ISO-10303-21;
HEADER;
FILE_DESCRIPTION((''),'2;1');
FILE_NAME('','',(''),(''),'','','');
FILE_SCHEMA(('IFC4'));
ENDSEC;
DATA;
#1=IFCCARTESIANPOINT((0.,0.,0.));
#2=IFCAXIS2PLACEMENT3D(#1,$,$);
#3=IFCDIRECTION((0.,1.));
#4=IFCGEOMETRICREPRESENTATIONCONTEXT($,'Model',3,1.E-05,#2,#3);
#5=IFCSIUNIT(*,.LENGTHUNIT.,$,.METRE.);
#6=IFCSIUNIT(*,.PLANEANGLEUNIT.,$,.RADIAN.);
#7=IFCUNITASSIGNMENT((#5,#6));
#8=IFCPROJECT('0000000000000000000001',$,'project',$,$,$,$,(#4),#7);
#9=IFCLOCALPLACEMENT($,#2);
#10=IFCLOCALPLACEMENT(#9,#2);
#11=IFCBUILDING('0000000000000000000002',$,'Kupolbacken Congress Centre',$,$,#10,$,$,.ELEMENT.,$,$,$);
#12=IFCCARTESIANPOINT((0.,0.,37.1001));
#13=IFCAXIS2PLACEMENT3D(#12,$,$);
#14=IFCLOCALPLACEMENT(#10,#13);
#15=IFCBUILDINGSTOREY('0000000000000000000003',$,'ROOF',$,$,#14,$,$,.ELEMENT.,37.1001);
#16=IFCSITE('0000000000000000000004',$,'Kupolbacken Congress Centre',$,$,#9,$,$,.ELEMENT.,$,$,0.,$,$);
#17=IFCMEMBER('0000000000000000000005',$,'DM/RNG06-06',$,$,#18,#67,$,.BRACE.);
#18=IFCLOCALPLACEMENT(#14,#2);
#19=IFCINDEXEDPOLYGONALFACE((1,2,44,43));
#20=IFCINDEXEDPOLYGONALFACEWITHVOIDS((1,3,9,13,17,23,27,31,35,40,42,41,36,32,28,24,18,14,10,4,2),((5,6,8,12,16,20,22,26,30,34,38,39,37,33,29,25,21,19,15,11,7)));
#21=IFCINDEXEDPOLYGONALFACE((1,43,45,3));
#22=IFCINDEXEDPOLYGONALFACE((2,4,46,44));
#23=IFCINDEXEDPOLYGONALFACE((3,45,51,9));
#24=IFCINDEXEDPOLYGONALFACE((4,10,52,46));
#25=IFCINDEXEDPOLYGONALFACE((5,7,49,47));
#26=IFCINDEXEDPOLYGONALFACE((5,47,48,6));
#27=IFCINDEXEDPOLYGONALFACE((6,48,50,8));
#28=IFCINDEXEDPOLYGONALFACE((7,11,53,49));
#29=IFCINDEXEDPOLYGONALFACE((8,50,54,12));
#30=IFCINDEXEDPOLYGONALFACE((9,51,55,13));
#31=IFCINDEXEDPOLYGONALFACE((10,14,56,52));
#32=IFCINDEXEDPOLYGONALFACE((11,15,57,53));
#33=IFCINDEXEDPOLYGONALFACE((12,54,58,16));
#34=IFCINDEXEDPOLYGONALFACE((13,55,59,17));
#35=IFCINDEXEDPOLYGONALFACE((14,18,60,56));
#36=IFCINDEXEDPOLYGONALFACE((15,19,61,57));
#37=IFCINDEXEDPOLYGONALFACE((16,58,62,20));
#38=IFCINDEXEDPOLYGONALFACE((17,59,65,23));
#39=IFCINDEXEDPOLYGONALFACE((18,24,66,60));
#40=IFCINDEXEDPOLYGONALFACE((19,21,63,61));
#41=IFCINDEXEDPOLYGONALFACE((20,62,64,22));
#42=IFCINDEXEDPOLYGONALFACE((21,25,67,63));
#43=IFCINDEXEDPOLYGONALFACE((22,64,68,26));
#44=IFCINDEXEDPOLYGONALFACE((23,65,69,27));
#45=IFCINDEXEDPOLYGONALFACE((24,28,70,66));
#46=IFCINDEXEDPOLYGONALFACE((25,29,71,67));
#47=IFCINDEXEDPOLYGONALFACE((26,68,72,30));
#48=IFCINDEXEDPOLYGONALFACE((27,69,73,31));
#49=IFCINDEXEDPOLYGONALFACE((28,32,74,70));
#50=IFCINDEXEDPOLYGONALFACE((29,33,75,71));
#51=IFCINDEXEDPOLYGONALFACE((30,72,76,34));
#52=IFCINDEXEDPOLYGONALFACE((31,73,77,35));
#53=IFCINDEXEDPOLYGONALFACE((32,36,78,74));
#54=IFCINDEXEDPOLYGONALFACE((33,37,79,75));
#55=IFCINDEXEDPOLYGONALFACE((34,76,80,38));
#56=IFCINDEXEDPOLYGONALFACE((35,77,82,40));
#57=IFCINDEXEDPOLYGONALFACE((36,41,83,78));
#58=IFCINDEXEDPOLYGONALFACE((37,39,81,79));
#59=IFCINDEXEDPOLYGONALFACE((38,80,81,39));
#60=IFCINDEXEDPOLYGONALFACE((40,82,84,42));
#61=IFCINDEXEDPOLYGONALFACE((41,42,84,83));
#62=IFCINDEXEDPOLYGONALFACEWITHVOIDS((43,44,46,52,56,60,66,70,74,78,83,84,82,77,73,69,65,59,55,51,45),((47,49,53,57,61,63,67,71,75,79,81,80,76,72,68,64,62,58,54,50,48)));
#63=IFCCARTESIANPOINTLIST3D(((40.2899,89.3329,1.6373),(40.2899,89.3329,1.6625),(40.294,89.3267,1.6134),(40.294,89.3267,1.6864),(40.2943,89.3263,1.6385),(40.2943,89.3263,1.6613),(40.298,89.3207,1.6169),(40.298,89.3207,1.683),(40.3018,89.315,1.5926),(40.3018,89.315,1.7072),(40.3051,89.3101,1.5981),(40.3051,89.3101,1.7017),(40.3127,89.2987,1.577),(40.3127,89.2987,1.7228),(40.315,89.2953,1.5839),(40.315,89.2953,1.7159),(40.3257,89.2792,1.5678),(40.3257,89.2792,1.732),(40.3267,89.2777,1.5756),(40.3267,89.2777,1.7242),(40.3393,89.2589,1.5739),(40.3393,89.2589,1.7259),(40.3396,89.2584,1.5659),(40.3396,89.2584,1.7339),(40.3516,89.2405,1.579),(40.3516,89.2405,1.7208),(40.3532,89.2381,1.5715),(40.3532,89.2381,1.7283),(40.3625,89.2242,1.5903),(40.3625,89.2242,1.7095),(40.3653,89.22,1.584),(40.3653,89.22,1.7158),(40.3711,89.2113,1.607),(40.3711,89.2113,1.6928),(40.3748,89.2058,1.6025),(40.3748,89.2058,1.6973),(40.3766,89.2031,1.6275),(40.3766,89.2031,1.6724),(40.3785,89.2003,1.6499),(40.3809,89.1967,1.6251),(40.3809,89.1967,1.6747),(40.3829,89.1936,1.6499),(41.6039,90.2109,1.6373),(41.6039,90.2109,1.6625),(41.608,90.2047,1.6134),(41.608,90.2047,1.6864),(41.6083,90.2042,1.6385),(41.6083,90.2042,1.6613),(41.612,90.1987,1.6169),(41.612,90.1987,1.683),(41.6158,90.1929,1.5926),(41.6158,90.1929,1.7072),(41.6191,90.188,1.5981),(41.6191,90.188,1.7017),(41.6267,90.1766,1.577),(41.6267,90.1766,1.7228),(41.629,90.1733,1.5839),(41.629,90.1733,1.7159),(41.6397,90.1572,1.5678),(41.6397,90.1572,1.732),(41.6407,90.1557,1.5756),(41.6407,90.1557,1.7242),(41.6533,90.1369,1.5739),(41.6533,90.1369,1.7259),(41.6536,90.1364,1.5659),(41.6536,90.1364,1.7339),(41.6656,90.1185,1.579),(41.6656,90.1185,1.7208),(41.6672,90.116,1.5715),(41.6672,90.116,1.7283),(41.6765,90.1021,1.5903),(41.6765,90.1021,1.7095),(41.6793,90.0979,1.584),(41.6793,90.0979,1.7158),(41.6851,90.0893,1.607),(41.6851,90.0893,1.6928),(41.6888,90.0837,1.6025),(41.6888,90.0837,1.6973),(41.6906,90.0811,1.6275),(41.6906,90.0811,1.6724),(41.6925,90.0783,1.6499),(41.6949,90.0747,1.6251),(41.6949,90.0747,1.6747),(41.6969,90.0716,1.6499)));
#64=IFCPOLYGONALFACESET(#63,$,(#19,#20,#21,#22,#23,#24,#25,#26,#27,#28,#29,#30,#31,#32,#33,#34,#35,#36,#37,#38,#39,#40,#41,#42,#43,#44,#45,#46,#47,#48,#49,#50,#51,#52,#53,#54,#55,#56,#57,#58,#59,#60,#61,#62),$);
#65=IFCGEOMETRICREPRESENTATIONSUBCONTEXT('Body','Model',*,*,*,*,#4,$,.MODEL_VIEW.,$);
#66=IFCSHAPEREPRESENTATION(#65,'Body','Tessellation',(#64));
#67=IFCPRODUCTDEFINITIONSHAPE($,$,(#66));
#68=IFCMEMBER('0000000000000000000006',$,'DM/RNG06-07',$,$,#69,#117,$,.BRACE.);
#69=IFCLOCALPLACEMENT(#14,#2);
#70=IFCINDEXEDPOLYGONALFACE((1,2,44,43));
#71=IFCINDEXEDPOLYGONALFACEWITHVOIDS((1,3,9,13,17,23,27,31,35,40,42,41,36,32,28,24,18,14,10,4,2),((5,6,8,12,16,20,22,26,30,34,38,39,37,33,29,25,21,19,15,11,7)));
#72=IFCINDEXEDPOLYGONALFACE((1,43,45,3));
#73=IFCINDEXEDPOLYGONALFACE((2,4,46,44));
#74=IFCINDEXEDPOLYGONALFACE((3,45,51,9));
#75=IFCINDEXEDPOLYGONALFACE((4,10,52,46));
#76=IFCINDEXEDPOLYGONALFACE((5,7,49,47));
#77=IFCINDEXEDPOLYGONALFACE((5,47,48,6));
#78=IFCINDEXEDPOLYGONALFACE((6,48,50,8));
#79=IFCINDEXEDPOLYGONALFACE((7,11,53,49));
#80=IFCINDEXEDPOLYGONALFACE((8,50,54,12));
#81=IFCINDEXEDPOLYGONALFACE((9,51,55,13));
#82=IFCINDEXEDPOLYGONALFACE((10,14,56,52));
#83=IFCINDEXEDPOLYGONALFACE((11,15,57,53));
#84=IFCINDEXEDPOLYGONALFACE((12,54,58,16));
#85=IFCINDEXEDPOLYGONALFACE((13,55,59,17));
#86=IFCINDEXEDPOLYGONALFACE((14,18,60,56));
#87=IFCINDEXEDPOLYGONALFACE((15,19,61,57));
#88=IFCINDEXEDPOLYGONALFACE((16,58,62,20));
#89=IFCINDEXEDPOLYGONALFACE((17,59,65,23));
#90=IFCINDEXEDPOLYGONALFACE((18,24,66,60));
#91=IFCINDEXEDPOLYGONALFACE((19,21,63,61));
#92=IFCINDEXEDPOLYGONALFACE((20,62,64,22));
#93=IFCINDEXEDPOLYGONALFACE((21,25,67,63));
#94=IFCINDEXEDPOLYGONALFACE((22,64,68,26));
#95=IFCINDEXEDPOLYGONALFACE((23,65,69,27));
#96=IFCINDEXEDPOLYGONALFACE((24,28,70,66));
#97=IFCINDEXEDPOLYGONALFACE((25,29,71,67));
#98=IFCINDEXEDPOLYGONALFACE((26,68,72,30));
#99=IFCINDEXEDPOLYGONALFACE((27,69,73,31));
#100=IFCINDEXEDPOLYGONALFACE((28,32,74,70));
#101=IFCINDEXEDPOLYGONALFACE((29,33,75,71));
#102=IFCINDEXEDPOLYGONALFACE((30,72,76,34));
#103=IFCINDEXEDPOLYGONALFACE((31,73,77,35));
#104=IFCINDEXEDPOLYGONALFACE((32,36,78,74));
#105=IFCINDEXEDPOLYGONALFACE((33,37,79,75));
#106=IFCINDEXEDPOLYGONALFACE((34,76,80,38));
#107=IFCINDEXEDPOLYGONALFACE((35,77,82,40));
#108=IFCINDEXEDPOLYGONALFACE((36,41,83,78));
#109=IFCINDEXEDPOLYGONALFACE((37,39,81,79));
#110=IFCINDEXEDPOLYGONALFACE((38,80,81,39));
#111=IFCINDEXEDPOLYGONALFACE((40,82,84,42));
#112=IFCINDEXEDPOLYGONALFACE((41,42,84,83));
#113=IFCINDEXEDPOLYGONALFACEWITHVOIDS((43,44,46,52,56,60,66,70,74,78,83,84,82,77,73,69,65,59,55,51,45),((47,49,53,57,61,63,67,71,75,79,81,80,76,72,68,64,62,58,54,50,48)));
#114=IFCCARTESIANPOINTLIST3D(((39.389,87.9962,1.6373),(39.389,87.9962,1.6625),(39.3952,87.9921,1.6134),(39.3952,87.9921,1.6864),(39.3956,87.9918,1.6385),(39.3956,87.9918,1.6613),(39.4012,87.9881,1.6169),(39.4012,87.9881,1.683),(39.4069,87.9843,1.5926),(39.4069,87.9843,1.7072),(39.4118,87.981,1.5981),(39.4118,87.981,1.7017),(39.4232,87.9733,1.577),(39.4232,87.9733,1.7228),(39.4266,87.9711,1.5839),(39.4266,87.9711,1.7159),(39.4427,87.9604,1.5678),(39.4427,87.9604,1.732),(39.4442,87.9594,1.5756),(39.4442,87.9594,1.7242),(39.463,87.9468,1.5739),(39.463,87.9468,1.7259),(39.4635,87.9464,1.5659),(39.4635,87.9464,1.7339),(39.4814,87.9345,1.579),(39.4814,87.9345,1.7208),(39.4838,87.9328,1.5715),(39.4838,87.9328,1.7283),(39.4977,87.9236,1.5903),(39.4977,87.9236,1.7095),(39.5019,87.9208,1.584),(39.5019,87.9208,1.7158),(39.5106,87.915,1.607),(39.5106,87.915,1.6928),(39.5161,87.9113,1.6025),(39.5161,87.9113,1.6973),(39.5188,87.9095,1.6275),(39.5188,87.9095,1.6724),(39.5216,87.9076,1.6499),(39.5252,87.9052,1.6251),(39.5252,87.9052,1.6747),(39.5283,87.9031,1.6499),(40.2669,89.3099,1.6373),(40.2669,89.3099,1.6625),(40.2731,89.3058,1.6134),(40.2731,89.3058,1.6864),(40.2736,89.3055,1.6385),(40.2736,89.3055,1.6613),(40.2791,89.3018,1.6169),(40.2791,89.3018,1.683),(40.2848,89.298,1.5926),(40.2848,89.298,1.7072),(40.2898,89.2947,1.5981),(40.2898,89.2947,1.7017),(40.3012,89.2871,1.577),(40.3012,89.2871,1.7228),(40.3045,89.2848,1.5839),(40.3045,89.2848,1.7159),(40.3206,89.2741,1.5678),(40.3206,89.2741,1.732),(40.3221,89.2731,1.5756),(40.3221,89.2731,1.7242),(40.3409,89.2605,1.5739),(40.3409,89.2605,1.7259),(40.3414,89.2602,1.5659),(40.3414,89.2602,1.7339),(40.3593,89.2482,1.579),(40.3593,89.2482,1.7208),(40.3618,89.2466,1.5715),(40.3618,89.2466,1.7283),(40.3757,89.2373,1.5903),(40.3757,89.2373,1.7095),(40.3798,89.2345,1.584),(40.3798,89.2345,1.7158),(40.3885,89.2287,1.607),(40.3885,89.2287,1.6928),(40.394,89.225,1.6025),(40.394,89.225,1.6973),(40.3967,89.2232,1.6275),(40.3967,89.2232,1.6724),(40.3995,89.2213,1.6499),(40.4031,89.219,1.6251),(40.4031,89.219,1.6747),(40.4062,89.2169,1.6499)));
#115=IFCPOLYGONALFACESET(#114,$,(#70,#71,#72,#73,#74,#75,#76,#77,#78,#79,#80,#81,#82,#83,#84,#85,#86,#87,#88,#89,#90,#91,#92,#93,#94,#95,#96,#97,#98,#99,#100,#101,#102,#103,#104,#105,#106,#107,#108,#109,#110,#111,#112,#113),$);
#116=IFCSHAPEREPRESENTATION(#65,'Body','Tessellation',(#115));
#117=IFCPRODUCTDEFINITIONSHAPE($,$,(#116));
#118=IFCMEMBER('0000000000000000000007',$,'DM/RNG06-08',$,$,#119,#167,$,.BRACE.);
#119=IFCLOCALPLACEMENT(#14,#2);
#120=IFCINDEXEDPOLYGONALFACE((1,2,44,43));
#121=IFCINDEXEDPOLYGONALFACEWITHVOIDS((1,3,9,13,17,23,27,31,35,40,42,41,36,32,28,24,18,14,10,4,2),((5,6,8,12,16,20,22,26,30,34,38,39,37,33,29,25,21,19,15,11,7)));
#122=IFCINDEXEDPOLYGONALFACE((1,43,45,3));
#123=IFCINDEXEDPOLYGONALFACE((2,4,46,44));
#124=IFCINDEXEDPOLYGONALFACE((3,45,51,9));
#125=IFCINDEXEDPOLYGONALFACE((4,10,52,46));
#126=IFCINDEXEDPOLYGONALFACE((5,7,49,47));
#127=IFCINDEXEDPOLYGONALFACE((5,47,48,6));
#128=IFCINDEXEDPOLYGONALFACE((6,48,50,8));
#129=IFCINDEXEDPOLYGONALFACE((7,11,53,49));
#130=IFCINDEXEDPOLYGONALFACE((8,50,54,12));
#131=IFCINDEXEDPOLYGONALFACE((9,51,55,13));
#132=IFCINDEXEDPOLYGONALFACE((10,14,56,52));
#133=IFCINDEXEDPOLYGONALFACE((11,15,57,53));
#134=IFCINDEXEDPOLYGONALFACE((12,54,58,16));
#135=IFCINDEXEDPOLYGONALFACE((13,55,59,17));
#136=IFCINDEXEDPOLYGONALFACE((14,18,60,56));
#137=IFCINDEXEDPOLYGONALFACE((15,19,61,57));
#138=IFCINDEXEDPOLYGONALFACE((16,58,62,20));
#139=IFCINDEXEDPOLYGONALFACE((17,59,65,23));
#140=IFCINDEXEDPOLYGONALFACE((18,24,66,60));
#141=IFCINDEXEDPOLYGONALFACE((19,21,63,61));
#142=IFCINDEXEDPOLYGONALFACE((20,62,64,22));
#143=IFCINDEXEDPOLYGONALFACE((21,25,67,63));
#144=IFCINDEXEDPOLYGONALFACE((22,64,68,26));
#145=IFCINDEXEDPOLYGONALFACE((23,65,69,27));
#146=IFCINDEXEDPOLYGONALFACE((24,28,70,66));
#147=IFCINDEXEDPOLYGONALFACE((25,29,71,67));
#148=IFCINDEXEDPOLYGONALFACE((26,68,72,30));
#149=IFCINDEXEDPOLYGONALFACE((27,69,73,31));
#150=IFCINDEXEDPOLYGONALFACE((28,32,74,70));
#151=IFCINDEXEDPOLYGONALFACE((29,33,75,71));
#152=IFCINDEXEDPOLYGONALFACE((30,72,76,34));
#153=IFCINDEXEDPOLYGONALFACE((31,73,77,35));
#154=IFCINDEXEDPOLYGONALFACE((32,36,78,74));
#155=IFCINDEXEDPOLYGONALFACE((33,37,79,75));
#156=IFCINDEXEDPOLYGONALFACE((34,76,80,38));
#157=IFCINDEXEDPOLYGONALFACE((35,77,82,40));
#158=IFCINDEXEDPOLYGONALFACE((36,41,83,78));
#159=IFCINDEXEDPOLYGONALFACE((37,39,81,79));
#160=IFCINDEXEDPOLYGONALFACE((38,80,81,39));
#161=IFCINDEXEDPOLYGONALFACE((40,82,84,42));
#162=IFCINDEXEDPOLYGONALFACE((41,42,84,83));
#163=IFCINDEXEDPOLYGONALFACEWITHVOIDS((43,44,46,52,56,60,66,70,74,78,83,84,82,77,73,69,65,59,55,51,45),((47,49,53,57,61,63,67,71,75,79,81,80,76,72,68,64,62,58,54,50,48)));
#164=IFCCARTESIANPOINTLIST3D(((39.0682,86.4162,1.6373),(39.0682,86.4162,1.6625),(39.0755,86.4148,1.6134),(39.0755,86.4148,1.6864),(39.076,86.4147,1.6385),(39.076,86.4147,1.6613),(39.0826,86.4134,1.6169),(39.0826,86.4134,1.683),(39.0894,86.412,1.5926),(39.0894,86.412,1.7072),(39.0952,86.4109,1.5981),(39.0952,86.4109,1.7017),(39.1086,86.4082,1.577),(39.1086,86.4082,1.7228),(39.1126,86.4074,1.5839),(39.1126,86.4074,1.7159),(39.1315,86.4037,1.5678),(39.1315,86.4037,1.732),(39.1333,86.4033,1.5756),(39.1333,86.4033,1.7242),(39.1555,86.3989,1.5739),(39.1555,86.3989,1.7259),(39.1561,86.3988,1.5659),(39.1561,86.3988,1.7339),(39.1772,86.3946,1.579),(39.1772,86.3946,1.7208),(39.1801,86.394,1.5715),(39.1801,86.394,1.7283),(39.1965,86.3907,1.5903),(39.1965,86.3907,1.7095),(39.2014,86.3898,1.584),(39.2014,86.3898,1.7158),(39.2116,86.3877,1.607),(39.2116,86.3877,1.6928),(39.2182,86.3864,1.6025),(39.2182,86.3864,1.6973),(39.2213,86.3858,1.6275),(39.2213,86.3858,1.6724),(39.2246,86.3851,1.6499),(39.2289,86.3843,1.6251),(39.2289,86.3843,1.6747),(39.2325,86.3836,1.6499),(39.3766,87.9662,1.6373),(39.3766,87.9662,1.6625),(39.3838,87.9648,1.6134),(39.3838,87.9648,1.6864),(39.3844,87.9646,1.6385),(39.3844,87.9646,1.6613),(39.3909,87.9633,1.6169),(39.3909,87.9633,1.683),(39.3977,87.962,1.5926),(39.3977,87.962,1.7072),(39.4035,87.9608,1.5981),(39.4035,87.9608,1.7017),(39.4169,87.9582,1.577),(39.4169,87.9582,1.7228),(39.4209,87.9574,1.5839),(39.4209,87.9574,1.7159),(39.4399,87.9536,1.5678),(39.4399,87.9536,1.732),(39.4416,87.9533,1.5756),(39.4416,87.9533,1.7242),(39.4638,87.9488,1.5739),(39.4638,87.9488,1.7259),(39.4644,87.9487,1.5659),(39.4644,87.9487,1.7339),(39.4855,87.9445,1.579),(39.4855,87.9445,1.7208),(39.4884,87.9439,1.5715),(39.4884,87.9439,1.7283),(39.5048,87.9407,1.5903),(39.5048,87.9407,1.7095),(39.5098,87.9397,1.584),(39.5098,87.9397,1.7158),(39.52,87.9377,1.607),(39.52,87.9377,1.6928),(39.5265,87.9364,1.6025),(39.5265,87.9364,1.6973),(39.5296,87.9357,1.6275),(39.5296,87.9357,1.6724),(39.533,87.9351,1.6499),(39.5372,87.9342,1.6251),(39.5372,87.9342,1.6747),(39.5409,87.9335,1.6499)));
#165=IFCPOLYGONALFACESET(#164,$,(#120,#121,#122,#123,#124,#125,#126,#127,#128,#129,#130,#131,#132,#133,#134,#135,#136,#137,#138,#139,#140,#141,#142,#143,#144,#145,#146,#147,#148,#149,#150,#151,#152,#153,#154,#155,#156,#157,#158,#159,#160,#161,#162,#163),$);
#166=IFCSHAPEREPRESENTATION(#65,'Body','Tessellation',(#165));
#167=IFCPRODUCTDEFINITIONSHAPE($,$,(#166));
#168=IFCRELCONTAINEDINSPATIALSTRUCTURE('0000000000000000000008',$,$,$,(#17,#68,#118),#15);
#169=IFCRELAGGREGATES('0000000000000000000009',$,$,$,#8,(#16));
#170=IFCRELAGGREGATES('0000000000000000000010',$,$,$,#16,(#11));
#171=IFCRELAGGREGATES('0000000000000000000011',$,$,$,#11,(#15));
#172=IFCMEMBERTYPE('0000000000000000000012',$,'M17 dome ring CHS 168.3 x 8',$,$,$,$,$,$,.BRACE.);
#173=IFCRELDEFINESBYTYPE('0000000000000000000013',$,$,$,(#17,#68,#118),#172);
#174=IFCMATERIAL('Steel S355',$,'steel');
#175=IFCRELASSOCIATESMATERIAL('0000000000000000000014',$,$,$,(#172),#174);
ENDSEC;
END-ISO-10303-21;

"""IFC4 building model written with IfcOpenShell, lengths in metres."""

from ifc_helpers import new_model, si_unit, direction, frame, origin, origin_2d, place, context, subcontext, project, spatial, hollow_circle, extrude, material, material_profile, profile_set, type_object, element, save


model = new_model("IFC4")

# Units and contexts
model_context = context("Model", 3, precision=1e-05, world=origin(), true_north=direction((0.0, 1.0)))
body_context = subcontext(model_context, "Body", "Model", "MODEL_VIEW")
ifc_project = project(units=[si_unit("LENGTHUNIT", "METRE"), si_unit("PLANEANGLEUNIT", "RADIAN")], contexts=[model_context])

# Site, building, storey
site_placement = place(None, origin())
site = spatial("IfcSite", under=ifc_project, at=site_placement, Name="Kupolbacken Congress Centre", CompositionType="ELEMENT", RefElevation=0.0)
building_placement = place(site_placement, origin())
building = spatial("IfcBuilding", under=site, at=building_placement, Name="Kupolbacken Congress Centre", CompositionType="ELEMENT")
storey_placement = place(building_placement, frame((0.0, 0.0, 37.1001)))
storey = spatial("IfcBuildingStorey", under=building, at=storey_placement, Name="ROOF", CompositionType="ELEMENT", Elevation=37.1001)

# Members
ifc_material_1 = material(Name="Steel S355", Category="steel")
ifc_material_profile_1 = material_profile(ifc_material_1, hollow_circle(Radius=0.0842, WallThickness=0.0081, at=origin_2d()), Name="CHS 168.3 x 8")
ifc_profile_set_1 = profile_set([ifc_material_profile_1], Name="Steel S355")
member_type_1 = type_object("IfcMemberType", Name="M17 dome ring CHS 168.3 x 8", PredefinedType="BRACE", material=ifc_profile_set_1)
member_1_placement = place(storey_placement, frame((41.6501, 90.1416, 1.6499), z_axis=(-0.831479, -0.555556, 0.0), x_axis=(0.555556, -0.831479, 0.0)))
element("IfcMember", 1, at=member_1_placement, inside=storey, type_object=member_type_1, Name="DM/RNG06-06", PredefinedType="BRACE", context=body_context, shape_type="SweptSolid", body=[
    extrude(hollow_circle(Radius=0.0842, WallThickness=0.0081, at=origin_2d()), origin(), (0.0, 0.0, 1.0), 1.5803),
])
member_2_placement = place(storey_placement, frame((40.3362, 89.2637, 1.6499), z_axis=(-0.555627, -0.831432, 0.0), x_axis=(0.831432, -0.555627, 0.0)))
element("IfcMember", 2, at=member_2_placement, inside=storey, type_object=member_type_1, Name="DM/RNG06-07", PredefinedType="BRACE", context=body_context, shape_type="SweptSolid", body=[
    extrude(hollow_circle(Radius=0.0842, WallThickness=0.0081, at=origin_2d()), origin(), (0.0, 0.0, 1.0), 1.5801),
])
member_3_placement = place(storey_placement, frame((39.4583, 87.95, 1.6499), z_axis=(-0.195106, -0.980782, 0.0), x_axis=(0.980782, -0.195106, 0.0)))
element("IfcMember", 3, at=member_3_placement, inside=storey, type_object=member_type_1, Name="DM/RNG06-08", PredefinedType="BRACE", context=body_context, shape_type="SweptSolid", body=[
    extrude(hollow_circle(Radius=0.0842, WallThickness=0.0081, at=origin_2d()), origin(), (0.0, 0.0, 1.0), 1.5803),
])

save(model, "model.ifc")
